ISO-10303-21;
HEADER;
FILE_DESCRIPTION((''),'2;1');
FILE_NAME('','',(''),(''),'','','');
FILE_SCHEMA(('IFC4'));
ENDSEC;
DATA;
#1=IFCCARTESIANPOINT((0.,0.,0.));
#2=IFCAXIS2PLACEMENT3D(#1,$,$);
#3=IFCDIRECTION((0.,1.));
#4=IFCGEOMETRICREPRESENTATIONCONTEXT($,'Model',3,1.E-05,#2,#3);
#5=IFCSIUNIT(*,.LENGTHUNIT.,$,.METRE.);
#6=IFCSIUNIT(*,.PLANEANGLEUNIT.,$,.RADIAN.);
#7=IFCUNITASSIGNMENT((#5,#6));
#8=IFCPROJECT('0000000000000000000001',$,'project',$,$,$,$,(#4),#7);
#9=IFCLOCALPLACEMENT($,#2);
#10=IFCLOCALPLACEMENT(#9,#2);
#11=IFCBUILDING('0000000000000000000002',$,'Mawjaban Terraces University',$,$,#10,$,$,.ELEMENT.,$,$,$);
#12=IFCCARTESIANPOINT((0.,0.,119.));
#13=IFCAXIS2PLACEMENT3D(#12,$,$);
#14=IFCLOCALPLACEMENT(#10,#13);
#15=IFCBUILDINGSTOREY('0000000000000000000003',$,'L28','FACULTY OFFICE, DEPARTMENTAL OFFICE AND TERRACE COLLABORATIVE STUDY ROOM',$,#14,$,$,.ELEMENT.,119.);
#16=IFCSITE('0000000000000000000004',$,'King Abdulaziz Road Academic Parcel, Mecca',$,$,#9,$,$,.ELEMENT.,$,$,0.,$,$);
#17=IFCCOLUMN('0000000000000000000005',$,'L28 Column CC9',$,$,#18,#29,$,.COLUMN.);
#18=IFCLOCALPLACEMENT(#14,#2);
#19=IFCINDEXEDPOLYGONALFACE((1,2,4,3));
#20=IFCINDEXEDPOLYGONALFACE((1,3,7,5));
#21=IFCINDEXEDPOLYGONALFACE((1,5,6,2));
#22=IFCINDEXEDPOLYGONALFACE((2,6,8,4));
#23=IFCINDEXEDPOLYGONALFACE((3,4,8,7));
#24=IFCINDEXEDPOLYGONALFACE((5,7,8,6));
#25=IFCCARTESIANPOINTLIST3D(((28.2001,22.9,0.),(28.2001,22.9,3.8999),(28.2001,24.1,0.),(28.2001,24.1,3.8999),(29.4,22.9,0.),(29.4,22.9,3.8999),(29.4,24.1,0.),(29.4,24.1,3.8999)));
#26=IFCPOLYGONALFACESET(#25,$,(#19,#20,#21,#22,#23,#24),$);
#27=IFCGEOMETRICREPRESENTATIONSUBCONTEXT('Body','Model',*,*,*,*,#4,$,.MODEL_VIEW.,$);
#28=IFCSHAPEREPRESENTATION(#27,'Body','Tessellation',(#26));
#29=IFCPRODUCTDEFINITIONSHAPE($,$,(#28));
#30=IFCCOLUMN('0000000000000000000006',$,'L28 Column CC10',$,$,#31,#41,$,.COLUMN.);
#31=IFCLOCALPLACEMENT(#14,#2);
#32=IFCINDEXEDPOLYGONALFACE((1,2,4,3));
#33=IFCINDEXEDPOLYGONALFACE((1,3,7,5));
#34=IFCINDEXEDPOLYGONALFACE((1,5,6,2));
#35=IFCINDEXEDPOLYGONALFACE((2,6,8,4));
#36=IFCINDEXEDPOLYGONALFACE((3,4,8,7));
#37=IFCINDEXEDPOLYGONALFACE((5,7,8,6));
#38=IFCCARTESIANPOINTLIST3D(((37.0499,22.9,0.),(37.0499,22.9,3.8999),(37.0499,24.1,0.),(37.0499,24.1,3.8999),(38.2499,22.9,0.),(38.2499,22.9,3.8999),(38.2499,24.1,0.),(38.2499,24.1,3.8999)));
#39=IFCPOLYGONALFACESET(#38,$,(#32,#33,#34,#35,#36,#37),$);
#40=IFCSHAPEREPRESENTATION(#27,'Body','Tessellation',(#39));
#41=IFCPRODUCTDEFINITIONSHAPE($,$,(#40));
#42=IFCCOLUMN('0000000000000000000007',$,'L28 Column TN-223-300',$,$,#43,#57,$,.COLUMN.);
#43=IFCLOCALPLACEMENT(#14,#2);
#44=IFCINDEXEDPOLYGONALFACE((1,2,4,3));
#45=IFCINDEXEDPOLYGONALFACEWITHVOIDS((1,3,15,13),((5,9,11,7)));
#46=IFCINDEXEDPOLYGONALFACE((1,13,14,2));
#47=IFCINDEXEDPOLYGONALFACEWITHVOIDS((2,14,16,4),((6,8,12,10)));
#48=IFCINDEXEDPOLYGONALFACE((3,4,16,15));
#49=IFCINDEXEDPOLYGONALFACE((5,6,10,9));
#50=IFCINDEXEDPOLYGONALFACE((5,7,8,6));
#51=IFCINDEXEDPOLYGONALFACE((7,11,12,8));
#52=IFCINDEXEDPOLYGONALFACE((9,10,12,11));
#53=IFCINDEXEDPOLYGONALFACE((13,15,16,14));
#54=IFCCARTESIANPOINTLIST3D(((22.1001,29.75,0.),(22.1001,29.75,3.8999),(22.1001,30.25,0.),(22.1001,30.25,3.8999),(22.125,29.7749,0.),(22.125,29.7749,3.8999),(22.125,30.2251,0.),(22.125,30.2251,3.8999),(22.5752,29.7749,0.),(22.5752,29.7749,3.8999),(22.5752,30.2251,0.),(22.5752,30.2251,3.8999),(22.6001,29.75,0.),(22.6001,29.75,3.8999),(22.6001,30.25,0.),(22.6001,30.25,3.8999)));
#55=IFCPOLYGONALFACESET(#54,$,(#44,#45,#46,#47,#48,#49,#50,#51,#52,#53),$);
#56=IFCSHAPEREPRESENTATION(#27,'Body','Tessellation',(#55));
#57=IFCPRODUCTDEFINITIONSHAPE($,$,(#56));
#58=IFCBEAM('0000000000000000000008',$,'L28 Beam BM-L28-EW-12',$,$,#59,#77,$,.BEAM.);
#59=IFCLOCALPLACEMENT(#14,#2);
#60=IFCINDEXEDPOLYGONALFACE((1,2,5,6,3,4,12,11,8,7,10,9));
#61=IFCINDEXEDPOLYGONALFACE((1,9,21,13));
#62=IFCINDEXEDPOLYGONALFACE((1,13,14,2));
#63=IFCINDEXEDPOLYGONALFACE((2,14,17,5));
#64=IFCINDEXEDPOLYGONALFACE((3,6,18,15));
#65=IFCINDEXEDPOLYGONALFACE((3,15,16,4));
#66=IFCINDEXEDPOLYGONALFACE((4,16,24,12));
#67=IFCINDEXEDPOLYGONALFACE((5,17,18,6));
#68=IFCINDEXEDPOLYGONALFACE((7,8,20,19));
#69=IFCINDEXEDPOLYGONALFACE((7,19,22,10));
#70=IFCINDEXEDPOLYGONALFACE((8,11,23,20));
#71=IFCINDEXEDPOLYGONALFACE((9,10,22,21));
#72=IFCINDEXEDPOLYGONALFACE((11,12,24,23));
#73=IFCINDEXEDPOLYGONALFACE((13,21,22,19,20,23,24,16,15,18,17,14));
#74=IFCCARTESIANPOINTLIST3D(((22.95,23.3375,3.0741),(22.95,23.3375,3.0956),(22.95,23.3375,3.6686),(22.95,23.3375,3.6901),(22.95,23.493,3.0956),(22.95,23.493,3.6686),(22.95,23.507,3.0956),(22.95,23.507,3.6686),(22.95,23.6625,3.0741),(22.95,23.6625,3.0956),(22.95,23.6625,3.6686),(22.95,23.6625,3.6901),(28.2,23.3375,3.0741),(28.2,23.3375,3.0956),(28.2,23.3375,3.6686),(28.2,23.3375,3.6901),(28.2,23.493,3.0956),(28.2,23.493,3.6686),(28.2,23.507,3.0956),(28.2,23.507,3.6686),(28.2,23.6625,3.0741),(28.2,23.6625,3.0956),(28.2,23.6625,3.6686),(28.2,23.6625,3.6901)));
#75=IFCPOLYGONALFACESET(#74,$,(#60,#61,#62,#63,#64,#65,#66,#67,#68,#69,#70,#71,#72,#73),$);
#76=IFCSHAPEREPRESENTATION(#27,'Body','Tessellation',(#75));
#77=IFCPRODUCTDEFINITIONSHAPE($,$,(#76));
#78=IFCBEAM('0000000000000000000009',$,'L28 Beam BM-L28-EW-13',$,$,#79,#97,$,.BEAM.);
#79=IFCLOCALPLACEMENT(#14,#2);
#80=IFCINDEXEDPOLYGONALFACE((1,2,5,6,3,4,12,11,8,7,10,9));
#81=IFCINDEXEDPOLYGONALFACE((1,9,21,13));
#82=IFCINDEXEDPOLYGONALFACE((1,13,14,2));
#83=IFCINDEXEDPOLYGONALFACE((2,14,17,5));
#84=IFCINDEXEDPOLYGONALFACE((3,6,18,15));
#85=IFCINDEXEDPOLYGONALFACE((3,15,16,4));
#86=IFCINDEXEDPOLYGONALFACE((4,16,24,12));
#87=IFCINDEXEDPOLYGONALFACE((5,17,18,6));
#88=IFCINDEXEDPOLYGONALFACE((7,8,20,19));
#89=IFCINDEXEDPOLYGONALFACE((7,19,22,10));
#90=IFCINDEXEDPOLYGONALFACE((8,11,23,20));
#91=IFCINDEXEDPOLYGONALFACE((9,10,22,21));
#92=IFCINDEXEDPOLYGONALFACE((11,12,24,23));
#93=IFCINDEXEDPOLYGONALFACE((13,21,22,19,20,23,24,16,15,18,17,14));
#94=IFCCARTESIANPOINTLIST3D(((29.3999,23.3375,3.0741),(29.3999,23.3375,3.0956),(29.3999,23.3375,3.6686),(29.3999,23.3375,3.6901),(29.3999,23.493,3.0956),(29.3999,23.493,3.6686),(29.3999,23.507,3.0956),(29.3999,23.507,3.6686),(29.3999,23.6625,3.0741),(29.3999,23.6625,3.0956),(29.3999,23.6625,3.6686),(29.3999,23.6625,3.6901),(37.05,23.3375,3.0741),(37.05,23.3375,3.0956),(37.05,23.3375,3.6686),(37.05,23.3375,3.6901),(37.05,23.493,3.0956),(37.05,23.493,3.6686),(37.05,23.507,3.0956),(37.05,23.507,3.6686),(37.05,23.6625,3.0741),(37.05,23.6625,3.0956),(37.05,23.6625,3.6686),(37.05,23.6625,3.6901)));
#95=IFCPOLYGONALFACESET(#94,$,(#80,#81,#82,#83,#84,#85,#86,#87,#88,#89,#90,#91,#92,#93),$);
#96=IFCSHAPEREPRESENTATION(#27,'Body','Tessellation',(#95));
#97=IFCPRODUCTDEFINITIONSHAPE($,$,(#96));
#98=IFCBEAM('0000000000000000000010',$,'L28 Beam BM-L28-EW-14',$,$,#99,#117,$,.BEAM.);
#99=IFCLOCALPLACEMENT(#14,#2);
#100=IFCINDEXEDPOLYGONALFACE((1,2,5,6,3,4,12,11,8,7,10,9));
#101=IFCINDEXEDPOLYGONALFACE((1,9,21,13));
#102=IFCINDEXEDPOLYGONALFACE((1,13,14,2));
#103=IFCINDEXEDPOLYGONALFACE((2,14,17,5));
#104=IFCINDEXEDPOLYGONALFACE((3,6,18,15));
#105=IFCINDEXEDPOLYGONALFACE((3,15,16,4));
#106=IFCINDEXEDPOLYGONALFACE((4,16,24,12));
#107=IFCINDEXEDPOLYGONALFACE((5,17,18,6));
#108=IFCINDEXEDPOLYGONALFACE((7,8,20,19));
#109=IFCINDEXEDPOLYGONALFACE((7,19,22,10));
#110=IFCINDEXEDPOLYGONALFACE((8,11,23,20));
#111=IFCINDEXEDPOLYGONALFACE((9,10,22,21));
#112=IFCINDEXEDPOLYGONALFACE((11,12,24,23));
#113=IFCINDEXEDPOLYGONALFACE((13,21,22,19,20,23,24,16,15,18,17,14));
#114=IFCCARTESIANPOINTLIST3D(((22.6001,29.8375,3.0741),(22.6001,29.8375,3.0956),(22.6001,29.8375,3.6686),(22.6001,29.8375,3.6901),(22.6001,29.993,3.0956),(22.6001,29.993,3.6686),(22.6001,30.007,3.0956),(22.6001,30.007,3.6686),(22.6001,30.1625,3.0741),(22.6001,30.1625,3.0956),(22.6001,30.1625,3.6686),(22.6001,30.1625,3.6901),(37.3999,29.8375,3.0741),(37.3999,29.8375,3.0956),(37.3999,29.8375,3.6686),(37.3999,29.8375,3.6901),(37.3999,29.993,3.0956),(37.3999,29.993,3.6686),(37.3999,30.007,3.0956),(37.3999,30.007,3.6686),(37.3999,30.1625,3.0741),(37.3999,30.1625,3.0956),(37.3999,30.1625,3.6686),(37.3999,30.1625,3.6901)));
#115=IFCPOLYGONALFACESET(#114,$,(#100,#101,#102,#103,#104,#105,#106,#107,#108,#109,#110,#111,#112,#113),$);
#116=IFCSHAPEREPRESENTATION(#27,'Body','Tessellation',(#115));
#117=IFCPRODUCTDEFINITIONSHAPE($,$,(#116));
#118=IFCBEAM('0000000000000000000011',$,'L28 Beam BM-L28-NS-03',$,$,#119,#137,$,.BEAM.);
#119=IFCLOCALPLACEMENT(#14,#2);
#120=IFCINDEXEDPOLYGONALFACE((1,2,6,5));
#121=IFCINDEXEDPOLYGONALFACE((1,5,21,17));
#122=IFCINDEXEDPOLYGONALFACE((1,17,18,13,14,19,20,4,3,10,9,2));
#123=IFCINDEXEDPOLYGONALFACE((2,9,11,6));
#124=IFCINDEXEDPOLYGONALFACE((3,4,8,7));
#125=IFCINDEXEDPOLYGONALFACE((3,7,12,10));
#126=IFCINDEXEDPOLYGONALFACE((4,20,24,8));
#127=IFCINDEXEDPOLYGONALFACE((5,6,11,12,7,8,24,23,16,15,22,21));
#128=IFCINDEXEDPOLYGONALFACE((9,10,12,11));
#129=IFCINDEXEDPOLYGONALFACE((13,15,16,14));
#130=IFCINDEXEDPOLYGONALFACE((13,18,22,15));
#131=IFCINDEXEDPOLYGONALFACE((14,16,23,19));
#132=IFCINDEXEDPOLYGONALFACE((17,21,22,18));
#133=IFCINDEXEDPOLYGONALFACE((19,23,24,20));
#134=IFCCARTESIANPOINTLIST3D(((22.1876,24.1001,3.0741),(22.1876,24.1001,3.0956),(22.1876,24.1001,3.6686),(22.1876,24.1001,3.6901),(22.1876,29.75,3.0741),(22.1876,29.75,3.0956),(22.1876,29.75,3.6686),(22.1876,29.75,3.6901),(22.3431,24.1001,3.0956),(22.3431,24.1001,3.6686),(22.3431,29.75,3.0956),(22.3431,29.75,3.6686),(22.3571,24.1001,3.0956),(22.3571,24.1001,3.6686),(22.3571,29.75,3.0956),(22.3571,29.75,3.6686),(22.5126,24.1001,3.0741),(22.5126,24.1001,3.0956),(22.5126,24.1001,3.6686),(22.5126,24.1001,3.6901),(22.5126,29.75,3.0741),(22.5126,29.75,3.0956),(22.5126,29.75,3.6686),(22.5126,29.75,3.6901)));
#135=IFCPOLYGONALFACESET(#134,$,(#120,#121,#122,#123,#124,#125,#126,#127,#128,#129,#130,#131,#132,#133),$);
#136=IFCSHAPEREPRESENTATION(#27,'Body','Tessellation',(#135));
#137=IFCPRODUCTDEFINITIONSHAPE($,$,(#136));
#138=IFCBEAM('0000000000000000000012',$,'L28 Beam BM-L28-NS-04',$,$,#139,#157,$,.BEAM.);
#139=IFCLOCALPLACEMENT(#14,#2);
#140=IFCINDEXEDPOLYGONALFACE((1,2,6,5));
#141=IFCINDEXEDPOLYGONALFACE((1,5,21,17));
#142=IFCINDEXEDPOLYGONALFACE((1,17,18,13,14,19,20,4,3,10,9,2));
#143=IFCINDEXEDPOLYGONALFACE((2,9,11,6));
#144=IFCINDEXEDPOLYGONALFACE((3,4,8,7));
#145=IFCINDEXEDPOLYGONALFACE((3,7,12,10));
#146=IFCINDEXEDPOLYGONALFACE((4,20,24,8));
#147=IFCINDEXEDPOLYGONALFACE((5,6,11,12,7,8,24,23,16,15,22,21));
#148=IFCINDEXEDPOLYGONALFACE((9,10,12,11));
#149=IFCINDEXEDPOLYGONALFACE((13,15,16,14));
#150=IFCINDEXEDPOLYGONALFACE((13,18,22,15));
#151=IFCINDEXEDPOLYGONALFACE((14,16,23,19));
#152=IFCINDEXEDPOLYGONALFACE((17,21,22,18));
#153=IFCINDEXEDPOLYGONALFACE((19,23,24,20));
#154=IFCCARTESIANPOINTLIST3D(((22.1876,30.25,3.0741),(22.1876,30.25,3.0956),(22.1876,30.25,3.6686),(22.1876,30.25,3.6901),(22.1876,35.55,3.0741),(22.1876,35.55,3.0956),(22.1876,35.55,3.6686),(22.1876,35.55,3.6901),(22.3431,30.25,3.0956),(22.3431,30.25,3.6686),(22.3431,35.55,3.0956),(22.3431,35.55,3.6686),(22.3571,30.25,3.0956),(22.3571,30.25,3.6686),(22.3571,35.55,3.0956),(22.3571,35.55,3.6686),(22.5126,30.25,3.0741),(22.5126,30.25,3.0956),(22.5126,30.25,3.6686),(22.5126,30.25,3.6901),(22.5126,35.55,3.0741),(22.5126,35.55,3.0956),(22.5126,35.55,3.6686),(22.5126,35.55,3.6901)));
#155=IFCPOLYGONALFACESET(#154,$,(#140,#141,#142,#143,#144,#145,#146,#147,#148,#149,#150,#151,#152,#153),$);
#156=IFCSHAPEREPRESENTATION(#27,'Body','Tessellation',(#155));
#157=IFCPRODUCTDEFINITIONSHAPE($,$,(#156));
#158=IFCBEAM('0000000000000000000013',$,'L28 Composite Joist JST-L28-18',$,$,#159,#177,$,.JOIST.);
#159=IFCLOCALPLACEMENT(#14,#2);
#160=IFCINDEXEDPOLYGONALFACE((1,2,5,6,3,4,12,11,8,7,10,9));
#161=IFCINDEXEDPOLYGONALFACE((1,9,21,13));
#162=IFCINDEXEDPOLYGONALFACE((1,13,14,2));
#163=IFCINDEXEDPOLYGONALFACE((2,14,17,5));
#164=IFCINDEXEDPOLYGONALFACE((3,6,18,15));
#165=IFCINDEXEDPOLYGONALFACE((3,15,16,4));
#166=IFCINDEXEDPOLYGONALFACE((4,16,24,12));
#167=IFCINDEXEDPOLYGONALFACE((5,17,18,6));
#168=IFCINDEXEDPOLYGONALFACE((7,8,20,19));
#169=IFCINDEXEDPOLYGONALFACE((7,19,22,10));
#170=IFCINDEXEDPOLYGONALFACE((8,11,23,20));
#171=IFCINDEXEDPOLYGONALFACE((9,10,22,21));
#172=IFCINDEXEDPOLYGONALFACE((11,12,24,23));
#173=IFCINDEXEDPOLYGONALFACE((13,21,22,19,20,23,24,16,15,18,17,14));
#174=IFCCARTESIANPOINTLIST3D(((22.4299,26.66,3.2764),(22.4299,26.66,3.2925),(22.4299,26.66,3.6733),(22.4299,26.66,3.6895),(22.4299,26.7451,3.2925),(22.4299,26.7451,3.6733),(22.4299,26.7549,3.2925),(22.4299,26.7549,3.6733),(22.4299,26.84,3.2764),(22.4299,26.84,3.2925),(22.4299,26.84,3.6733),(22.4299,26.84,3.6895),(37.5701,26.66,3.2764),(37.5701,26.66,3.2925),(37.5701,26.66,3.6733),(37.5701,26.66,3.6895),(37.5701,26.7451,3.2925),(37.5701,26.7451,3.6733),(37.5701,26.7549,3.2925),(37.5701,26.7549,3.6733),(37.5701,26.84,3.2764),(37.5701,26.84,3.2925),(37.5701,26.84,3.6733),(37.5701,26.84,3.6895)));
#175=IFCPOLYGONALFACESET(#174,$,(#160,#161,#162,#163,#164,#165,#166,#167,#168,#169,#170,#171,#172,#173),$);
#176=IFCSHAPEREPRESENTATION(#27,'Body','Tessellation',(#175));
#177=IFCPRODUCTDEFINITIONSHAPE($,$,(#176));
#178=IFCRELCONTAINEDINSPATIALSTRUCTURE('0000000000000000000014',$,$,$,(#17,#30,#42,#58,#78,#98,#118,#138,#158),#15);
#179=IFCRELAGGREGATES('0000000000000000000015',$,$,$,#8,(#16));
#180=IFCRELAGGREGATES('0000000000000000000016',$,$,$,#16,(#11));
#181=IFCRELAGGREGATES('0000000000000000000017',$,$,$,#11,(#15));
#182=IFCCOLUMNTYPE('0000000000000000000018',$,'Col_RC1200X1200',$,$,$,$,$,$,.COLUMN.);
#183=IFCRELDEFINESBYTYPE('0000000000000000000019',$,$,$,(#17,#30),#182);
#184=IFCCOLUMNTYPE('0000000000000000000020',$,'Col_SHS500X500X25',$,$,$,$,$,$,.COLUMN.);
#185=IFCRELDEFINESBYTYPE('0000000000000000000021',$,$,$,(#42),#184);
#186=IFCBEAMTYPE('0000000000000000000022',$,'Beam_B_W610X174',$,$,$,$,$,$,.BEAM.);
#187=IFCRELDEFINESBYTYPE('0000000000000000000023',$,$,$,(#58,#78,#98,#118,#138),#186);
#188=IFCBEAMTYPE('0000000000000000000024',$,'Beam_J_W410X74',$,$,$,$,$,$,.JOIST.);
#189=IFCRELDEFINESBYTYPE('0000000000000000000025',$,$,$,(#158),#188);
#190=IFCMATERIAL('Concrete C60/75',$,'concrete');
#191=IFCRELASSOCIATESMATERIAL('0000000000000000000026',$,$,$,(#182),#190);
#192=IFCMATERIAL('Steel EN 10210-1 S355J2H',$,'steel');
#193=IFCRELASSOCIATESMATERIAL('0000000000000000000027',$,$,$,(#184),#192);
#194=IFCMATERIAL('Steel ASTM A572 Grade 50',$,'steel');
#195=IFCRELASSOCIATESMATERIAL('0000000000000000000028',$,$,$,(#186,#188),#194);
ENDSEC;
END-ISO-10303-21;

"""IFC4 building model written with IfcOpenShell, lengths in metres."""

from ifc_helpers import new_model, si_unit, direction, frame, origin, origin_2d, place, context, subcontext, project, spatial, rectangle, hollow_rectangle, i_section, extrude, material, material_profile, profile_set, type_object, element, save


model = new_model("IFC4")

# Units and contexts
model_context = context("Model", 3, precision=1e-05, world=origin(), true_north=direction((0.0, 1.0)))
body_context = subcontext(model_context, "Body", "Model", "MODEL_VIEW")
ifc_project = project(units=[si_unit("LENGTHUNIT", "METRE"), si_unit("PLANEANGLEUNIT", "RADIAN")], contexts=[model_context])

# Site, building, storey
site_placement = place(None, origin())
site = spatial("IfcSite", under=ifc_project, at=site_placement, Name="King Abdulaziz Road Academic Parcel, Mecca", CompositionType="ELEMENT", RefElevation=0.0)
building_placement = place(site_placement, origin())
building = spatial("IfcBuilding", under=site, at=building_placement, Name="Mawjaban Terraces University", CompositionType="ELEMENT")
storey_placement = place(building_placement, frame((0.0, 0.0, 119.0)))
storey = spatial("IfcBuildingStorey", under=building, at=storey_placement, Name="L28", Description="FACULTY OFFICE, DEPARTMENTAL OFFICE AND TERRACE COLLABORATIVE STUDY ROOM", CompositionType="ELEMENT", Elevation=119.0)

# Columns
ifc_material_1 = material(Name="Concrete C60/75", Category="concrete")
ifc_material_profile_1 = material_profile(ifc_material_1, rectangle(XDim=1.2, YDim=1.2, at=origin_2d()), Name="RC1200X1200")
ifc_profile_set_1 = profile_set([ifc_material_profile_1], Name="Concrete C60/75")
column_type_1 = type_object("IfcColumnType", Name="Col_RC1200X1200", PredefinedType="COLUMN", material=ifc_profile_set_1)
for number, where, z_axis, x_axis, name in (
    (1, (28.8, 23.5, 0.0), (0.0, 0.0, 1.0), (1.0, 0.0, 0.0), "L28 Column CC9"),
    (2, (37.6499, 23.5, 0.0), (0.0, 0.0, 1.0), (1.0, 0.0, 0.0), "L28 Column CC10"),
):
    element("IfcColumn", number, at=place(storey_placement, frame(where, z_axis=z_axis, x_axis=x_axis)), inside=storey, type_object=column_type_1, Name=name, PredefinedType="COLUMN", context=body_context, shape_type="SweptSolid", body=[
        extrude(rectangle(XDim=1.2, YDim=1.2, at=origin_2d()), origin(), (0.0, 0.0, 1.0), 3.8999),
    ])
ifc_material_2 = material(Name="Steel EN 10210-1 S355J2H", Category="steel")
ifc_material_profile_2 = material_profile(ifc_material_2, hollow_rectangle(XDim=0.5, YDim=0.5, WallThickness=0.0249, at=origin_2d()), Name="SHS500X500X25")
ifc_profile_set_2 = profile_set([ifc_material_profile_2], Name="Steel EN 10210-1 S355J2H")
column_type_2 = type_object("IfcColumnType", Name="Col_SHS500X500X25", PredefinedType="COLUMN", material=ifc_profile_set_2)
column_placement = place(storey_placement, frame((22.3501, 30.0, 0.0), z_axis=(0.0, 0.0, 1.0), x_axis=(1.0, 0.0, 0.0)))
element("IfcColumn", 3, at=column_placement, inside=storey, type_object=column_type_2, Name="L28 Column TN-223-300", PredefinedType="COLUMN", context=body_context, shape_type="SweptSolid", body=[
    extrude(hollow_rectangle(XDim=0.5, YDim=0.5, WallThickness=0.0249, at=origin_2d()), origin(), (0.0, 0.0, 1.0), 3.8999),
])

# Beams
ifc_material_3 = material(Name="Steel ASTM A572 Grade 50", Category="steel")
ifc_material_profile_3 = material_profile(ifc_material_3, i_section(OverallWidth=0.325, OverallDepth=0.616, WebThickness=0.0139, FlangeThickness=0.0215, at=origin_2d()), Name="W610X174")
ifc_profile_set_3 = profile_set([ifc_material_profile_3], Name="Steel ASTM A572 Grade 50")
beam_type_1 = type_object("IfcBeamType", Name="Beam_B_W610X174", PredefinedType="BEAM", material=ifc_profile_set_3)
beam_1_placement = place(storey_placement, frame((22.95, 23.5, 3.3821), z_axis=(1.0, 0.0, 0.0), x_axis=(0.0, 1.0, 0.0)))
element("IfcBeam", 4, at=beam_1_placement, inside=storey, type_object=beam_type_1, Name="L28 Beam BM-L28-EW-12", PredefinedType="BEAM", context=body_context, shape_type="SweptSolid", body=[
    extrude(i_section(OverallWidth=0.325, OverallDepth=0.616, WebThickness=0.0139, FlangeThickness=0.0215, at=origin_2d()), origin(), (0.0, 0.0, 1.0), 5.25),
])
beam_2_placement = place(storey_placement, frame((29.3999, 23.5, 3.3821), z_axis=(1.0, 0.0, 0.0), x_axis=(0.0, 1.0, 0.0)))
element("IfcBeam", 5, at=beam_2_placement, inside=storey, type_object=beam_type_1, Name="L28 Beam BM-L28-EW-13", PredefinedType="BEAM", context=body_context, shape_type="SweptSolid", body=[
    extrude(i_section(OverallWidth=0.325, OverallDepth=0.616, WebThickness=0.0139, FlangeThickness=0.0215, at=origin_2d()), origin(), (0.0, 0.0, 1.0), 7.6501),
])
beam_3_placement = place(storey_placement, frame((22.6001, 30.0, 3.3821), z_axis=(1.0, 0.0, 0.0), x_axis=(0.0, 1.0, 0.0)))
element("IfcBeam", 6, at=beam_3_placement, inside=storey, type_object=beam_type_1, Name="L28 Beam BM-L28-EW-14", PredefinedType="BEAM", context=body_context, shape_type="SweptSolid", body=[
    extrude(i_section(OverallWidth=0.325, OverallDepth=0.616, WebThickness=0.0139, FlangeThickness=0.0215, at=origin_2d()), origin(), (0.0, 0.0, 1.0), 14.7998),
])
beam_4_placement = place(storey_placement, frame((22.3501, 24.1001, 3.3821), z_axis=(0.0, 1.0, 0.0), x_axis=(-1.0, 0.0, 0.0)))
element("IfcBeam", 7, at=beam_4_placement, inside=storey, type_object=beam_type_1, Name="L28 Beam BM-L28-NS-03", PredefinedType="BEAM", context=body_context, shape_type="SweptSolid", body=[
    extrude(i_section(OverallWidth=0.325, OverallDepth=0.616, WebThickness=0.0139, FlangeThickness=0.0215, at=origin_2d()), origin(), (0.0, 0.0, 1.0), 5.6499),
])
beam_5_placement = place(storey_placement, frame((22.3501, 30.25, 3.3821), z_axis=(0.0, 1.0, 0.0), x_axis=(-1.0, 0.0, 0.0)))
element("IfcBeam", 8, at=beam_5_placement, inside=storey, type_object=beam_type_1, Name="L28 Beam BM-L28-NS-04", PredefinedType="BEAM", context=body_context, shape_type="SweptSolid", body=[
    extrude(i_section(OverallWidth=0.325, OverallDepth=0.616, WebThickness=0.0139, FlangeThickness=0.0215, at=origin_2d()), origin(), (0.0, 0.0, 1.0), 5.3),
])
ifc_material_profile_4 = material_profile(ifc_material_3, i_section(OverallWidth=0.1799, OverallDepth=0.4131, WebThickness=0.0098, FlangeThickness=0.0161, at=origin_2d()), Name="W410X74")
ifc_profile_set_4 = profile_set([ifc_material_profile_4], Name="Steel ASTM A572 Grade 50")
beam_type_2 = type_object("IfcBeamType", Name="Beam_J_W410X74", PredefinedType="JOIST", material=ifc_profile_set_4)
for number, where, z_axis, x_axis, name in (
    (9, (22.4299, 26.75, 3.4829), (1.0, 0.0, 0.0), (0.0, 1.0, 0.0), "L28 Composite Joist JST-L28-18"),
):
    element("IfcBeam", number, at=place(storey_placement, frame(where, z_axis=z_axis, x_axis=x_axis)), inside=storey, type_object=beam_type_2, Name=name, PredefinedType="JOIST", context=body_context, shape_type="SweptSolid", body=[
        extrude(i_section(OverallWidth=0.1799, OverallDepth=0.4131, WebThickness=0.0098, FlangeThickness=0.0161, at=origin_2d()), origin(), (0.0, 0.0, 1.0), 15.1401),
    ])

save(model, "model.ifc")
